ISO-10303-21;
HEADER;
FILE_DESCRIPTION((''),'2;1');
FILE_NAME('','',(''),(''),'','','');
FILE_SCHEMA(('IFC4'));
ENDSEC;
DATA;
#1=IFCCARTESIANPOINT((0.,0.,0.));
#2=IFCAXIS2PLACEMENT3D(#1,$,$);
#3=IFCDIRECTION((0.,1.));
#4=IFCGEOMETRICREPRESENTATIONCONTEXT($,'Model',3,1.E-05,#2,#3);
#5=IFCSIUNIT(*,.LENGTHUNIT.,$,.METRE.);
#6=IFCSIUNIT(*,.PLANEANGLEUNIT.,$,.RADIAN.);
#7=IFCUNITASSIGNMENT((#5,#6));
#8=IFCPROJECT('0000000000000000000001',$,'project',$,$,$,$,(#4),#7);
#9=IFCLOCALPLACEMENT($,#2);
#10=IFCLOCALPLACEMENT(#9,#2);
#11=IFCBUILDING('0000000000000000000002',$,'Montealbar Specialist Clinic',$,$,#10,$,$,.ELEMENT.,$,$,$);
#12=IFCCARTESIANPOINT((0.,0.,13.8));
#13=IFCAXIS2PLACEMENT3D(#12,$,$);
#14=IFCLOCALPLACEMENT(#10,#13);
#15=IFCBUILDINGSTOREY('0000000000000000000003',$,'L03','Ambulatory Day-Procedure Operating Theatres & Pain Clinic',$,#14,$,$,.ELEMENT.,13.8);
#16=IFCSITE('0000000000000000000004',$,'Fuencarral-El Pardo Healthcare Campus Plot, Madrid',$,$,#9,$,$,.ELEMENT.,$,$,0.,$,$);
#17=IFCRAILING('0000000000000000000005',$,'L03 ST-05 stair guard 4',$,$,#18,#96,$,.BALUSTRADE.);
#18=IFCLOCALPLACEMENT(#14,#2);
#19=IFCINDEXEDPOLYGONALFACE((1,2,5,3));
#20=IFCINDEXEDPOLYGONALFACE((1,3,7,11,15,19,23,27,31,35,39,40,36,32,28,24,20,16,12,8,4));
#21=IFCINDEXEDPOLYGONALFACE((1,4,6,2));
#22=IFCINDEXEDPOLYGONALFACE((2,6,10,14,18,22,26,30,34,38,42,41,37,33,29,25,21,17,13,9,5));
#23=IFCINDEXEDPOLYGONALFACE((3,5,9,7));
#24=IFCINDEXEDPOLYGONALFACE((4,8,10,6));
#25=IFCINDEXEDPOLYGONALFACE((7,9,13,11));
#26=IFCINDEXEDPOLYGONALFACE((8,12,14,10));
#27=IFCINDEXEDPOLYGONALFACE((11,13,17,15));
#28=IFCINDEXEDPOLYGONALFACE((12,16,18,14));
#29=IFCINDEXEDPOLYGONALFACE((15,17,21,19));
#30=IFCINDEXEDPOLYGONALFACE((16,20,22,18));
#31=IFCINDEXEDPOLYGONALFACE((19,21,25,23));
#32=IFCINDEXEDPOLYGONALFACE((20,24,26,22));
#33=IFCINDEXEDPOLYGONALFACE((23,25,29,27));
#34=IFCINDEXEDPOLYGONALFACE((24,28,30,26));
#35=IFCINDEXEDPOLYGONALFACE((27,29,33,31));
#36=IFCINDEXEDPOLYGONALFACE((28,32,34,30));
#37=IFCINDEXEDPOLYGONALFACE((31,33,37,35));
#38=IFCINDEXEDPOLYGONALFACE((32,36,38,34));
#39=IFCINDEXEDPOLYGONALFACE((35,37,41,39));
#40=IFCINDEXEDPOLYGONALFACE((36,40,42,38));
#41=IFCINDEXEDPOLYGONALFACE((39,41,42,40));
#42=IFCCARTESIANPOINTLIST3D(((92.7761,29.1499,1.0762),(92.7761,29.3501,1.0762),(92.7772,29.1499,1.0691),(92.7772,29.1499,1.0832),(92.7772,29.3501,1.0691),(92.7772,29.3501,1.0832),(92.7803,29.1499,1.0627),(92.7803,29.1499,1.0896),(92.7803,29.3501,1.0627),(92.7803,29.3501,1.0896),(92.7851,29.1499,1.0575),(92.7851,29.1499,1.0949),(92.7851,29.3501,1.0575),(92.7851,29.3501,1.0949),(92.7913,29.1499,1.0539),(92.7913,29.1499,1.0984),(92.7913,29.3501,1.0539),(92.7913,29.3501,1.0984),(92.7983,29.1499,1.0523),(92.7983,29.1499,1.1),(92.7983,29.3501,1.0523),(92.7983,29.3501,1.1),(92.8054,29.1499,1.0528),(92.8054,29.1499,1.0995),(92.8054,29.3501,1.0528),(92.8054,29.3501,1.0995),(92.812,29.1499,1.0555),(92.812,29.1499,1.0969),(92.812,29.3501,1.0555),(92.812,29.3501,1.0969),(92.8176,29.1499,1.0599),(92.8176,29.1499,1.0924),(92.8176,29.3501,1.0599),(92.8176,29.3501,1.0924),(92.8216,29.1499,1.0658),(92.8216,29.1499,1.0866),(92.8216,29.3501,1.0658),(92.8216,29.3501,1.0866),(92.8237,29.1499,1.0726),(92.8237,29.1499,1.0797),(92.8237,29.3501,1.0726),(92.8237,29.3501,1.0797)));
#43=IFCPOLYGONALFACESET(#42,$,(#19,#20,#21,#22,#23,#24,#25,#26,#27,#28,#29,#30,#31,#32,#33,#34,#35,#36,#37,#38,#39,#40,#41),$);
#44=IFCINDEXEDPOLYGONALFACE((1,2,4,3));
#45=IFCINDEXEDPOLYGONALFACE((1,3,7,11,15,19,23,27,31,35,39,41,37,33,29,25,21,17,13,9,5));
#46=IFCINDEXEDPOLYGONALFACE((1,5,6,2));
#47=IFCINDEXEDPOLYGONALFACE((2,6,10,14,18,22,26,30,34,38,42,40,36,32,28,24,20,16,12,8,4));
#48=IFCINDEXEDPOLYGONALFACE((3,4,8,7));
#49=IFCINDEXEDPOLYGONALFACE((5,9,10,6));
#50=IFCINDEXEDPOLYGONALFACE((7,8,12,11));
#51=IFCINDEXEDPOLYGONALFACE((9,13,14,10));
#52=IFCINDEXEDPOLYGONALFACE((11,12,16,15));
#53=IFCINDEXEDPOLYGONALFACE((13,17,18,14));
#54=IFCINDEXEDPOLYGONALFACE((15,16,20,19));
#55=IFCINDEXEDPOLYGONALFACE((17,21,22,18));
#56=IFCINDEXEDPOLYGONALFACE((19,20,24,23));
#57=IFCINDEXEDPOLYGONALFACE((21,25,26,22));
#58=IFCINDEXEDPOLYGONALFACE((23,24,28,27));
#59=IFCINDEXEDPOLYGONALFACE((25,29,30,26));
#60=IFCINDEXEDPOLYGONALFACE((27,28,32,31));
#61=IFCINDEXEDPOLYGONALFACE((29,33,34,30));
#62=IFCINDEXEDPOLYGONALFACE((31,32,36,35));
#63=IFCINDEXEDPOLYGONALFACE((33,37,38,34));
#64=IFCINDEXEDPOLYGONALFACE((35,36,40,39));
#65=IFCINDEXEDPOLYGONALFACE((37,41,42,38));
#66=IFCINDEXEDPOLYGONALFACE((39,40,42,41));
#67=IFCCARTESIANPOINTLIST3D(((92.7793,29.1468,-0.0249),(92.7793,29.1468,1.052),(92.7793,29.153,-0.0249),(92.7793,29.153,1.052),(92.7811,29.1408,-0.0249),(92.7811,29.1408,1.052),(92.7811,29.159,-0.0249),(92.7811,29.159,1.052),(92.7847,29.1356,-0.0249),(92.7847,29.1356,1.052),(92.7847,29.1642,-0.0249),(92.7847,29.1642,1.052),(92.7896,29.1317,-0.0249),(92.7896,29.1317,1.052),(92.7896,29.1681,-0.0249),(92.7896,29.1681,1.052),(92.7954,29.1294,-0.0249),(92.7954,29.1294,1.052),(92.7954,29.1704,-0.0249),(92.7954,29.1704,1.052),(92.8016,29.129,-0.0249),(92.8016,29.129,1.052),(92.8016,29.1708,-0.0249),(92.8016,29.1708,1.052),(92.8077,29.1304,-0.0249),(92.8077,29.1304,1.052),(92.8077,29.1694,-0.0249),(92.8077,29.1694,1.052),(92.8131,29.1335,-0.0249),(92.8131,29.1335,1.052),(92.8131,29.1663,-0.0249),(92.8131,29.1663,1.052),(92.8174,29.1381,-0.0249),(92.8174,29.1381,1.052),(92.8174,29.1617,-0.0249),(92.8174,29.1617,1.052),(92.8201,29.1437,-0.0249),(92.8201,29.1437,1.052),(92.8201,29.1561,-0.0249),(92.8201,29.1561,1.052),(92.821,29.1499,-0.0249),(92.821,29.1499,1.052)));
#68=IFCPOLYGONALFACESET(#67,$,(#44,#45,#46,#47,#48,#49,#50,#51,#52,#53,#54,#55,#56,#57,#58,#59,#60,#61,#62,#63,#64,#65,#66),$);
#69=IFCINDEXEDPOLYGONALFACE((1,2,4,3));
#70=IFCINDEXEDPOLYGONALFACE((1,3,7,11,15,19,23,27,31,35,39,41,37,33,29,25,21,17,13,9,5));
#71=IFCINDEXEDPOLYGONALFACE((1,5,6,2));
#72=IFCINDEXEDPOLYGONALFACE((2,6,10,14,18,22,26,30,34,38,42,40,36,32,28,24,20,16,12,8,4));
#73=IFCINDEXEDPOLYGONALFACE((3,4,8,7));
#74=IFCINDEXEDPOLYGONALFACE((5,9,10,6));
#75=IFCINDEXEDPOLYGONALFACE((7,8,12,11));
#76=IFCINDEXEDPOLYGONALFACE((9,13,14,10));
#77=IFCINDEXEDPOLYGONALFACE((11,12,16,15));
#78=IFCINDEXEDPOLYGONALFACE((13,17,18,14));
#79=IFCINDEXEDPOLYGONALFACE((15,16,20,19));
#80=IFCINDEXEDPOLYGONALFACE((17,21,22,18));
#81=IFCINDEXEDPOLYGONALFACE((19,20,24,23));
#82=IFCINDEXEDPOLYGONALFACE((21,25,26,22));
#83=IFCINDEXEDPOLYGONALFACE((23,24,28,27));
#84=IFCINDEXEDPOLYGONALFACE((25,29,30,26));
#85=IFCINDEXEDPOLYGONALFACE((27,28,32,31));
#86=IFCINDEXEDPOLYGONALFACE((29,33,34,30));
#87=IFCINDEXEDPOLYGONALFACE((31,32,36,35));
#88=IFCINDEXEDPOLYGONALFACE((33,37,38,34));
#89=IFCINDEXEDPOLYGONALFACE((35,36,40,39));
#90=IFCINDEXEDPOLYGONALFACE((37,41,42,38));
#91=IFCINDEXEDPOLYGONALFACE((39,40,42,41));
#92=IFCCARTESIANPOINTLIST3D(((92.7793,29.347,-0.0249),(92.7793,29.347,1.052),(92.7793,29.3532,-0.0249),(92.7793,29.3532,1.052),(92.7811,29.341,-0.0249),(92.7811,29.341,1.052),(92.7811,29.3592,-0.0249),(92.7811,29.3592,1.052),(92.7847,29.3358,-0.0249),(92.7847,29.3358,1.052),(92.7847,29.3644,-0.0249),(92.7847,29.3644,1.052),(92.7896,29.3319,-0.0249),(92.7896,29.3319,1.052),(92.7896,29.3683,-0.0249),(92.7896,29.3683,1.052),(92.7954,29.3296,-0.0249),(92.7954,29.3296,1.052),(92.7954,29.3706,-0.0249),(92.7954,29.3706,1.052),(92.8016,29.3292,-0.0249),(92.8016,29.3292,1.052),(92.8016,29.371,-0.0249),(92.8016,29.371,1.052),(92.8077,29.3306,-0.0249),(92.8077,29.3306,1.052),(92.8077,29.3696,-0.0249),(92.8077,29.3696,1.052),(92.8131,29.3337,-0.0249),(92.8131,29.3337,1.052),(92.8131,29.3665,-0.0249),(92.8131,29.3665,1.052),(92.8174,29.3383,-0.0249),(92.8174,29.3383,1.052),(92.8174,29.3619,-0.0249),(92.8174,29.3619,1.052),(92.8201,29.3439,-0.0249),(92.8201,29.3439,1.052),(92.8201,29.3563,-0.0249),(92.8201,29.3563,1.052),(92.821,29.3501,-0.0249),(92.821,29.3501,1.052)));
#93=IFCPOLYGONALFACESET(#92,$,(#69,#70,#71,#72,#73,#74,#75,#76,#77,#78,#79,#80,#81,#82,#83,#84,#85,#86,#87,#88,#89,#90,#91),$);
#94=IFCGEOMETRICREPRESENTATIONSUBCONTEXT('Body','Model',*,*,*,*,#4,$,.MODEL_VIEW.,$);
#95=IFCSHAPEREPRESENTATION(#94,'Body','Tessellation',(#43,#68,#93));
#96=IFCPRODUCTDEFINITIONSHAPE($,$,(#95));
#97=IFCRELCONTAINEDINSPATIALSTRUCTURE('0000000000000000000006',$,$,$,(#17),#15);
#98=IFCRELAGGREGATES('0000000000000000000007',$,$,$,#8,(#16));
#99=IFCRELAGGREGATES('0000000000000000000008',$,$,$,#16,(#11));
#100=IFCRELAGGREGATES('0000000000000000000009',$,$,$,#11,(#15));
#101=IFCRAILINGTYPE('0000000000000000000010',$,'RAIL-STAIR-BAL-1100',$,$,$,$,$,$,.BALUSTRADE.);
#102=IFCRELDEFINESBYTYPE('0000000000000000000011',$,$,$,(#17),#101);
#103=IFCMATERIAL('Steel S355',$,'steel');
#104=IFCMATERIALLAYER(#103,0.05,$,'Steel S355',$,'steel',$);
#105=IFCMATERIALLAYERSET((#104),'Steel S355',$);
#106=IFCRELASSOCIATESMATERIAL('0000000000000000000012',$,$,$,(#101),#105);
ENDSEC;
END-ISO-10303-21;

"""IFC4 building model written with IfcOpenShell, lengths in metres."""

from ifc_helpers import new_model, si_unit, direction, frame, origin, origin_2d, place, context, subcontext, project, spatial, circle, extrude, material, layer, layer_set, type_object, element, save


model = new_model("IFC4")

# Units and contexts
model_context = context("Model", 3, precision=1e-05, world=origin(), true_north=direction((0.0, 1.0)))
body_context = subcontext(model_context, "Body", "Model", "MODEL_VIEW")
ifc_project = project(units=[si_unit("LENGTHUNIT", "METRE"), si_unit("PLANEANGLEUNIT", "RADIAN")], contexts=[model_context])

# Site, building, storey
site_placement = place(None, origin())
site = spatial("IfcSite", under=ifc_project, at=site_placement, Name="Fuencarral-El Pardo Healthcare Campus Plot, Madrid", CompositionType="ELEMENT", RefElevation=0.0)
building_placement = place(site_placement, origin())
building = spatial("IfcBuilding", under=site, at=building_placement, Name="Montealbar Specialist Clinic", CompositionType="ELEMENT")
storey_placement = place(building_placement, frame((0.0, 0.0, 13.8)))
storey = spatial("IfcBuildingStorey", under=building, at=storey_placement, Name="L03", Description="Ambulatory Day-Procedure Operating Theatres & Pain Clinic", CompositionType="ELEMENT", Elevation=13.8)

# Shared definitions
ifc_material_1 = material(Name="Steel S355", Category="steel")

# Railing
ifc_layer_1 = layer(ifc_material_1, 0.05, Name="Steel S355", Category="steel")
ifc_layer_set_1 = layer_set([ifc_layer_1], Name="Steel S355")
railing_type_1 = type_object("IfcRailingType", Name="RAIL-STAIR-BAL-1100", PredefinedType="BALUSTRADE", material=ifc_layer_set_1)
railing_1_placement = place(storey_placement, frame((92.8, 29.1499, 0.0)))
element("IfcRailing", 1, at=railing_1_placement, inside=storey, type_object=railing_type_1, Name="L03 ST-05 stair guard 4", PredefinedType="BALUSTRADE", context=body_context, shape_type="SweptSolid", body=[
    extrude(circle(Radius=0.0239, at=origin_2d()), frame((0.0, 0.0, 1.0762), z_axis=(0.0, 1.0, 0.0), x_axis=(-1.0, 0.0, 0.0)), (0.0, 0.0, 1.0), 0.2002),
    extrude(circle(Radius=0.021, at=origin_2d()), frame((0.0, 0.0, -0.0249)), (0.0, 0.0, 1.0), 1.0769),
    extrude(circle(Radius=0.021, at=origin_2d()), frame((0.0, 0.2002, -0.0249)), (0.0, 0.0, 1.0), 1.0769),
])

save(model, "model.ifc")
